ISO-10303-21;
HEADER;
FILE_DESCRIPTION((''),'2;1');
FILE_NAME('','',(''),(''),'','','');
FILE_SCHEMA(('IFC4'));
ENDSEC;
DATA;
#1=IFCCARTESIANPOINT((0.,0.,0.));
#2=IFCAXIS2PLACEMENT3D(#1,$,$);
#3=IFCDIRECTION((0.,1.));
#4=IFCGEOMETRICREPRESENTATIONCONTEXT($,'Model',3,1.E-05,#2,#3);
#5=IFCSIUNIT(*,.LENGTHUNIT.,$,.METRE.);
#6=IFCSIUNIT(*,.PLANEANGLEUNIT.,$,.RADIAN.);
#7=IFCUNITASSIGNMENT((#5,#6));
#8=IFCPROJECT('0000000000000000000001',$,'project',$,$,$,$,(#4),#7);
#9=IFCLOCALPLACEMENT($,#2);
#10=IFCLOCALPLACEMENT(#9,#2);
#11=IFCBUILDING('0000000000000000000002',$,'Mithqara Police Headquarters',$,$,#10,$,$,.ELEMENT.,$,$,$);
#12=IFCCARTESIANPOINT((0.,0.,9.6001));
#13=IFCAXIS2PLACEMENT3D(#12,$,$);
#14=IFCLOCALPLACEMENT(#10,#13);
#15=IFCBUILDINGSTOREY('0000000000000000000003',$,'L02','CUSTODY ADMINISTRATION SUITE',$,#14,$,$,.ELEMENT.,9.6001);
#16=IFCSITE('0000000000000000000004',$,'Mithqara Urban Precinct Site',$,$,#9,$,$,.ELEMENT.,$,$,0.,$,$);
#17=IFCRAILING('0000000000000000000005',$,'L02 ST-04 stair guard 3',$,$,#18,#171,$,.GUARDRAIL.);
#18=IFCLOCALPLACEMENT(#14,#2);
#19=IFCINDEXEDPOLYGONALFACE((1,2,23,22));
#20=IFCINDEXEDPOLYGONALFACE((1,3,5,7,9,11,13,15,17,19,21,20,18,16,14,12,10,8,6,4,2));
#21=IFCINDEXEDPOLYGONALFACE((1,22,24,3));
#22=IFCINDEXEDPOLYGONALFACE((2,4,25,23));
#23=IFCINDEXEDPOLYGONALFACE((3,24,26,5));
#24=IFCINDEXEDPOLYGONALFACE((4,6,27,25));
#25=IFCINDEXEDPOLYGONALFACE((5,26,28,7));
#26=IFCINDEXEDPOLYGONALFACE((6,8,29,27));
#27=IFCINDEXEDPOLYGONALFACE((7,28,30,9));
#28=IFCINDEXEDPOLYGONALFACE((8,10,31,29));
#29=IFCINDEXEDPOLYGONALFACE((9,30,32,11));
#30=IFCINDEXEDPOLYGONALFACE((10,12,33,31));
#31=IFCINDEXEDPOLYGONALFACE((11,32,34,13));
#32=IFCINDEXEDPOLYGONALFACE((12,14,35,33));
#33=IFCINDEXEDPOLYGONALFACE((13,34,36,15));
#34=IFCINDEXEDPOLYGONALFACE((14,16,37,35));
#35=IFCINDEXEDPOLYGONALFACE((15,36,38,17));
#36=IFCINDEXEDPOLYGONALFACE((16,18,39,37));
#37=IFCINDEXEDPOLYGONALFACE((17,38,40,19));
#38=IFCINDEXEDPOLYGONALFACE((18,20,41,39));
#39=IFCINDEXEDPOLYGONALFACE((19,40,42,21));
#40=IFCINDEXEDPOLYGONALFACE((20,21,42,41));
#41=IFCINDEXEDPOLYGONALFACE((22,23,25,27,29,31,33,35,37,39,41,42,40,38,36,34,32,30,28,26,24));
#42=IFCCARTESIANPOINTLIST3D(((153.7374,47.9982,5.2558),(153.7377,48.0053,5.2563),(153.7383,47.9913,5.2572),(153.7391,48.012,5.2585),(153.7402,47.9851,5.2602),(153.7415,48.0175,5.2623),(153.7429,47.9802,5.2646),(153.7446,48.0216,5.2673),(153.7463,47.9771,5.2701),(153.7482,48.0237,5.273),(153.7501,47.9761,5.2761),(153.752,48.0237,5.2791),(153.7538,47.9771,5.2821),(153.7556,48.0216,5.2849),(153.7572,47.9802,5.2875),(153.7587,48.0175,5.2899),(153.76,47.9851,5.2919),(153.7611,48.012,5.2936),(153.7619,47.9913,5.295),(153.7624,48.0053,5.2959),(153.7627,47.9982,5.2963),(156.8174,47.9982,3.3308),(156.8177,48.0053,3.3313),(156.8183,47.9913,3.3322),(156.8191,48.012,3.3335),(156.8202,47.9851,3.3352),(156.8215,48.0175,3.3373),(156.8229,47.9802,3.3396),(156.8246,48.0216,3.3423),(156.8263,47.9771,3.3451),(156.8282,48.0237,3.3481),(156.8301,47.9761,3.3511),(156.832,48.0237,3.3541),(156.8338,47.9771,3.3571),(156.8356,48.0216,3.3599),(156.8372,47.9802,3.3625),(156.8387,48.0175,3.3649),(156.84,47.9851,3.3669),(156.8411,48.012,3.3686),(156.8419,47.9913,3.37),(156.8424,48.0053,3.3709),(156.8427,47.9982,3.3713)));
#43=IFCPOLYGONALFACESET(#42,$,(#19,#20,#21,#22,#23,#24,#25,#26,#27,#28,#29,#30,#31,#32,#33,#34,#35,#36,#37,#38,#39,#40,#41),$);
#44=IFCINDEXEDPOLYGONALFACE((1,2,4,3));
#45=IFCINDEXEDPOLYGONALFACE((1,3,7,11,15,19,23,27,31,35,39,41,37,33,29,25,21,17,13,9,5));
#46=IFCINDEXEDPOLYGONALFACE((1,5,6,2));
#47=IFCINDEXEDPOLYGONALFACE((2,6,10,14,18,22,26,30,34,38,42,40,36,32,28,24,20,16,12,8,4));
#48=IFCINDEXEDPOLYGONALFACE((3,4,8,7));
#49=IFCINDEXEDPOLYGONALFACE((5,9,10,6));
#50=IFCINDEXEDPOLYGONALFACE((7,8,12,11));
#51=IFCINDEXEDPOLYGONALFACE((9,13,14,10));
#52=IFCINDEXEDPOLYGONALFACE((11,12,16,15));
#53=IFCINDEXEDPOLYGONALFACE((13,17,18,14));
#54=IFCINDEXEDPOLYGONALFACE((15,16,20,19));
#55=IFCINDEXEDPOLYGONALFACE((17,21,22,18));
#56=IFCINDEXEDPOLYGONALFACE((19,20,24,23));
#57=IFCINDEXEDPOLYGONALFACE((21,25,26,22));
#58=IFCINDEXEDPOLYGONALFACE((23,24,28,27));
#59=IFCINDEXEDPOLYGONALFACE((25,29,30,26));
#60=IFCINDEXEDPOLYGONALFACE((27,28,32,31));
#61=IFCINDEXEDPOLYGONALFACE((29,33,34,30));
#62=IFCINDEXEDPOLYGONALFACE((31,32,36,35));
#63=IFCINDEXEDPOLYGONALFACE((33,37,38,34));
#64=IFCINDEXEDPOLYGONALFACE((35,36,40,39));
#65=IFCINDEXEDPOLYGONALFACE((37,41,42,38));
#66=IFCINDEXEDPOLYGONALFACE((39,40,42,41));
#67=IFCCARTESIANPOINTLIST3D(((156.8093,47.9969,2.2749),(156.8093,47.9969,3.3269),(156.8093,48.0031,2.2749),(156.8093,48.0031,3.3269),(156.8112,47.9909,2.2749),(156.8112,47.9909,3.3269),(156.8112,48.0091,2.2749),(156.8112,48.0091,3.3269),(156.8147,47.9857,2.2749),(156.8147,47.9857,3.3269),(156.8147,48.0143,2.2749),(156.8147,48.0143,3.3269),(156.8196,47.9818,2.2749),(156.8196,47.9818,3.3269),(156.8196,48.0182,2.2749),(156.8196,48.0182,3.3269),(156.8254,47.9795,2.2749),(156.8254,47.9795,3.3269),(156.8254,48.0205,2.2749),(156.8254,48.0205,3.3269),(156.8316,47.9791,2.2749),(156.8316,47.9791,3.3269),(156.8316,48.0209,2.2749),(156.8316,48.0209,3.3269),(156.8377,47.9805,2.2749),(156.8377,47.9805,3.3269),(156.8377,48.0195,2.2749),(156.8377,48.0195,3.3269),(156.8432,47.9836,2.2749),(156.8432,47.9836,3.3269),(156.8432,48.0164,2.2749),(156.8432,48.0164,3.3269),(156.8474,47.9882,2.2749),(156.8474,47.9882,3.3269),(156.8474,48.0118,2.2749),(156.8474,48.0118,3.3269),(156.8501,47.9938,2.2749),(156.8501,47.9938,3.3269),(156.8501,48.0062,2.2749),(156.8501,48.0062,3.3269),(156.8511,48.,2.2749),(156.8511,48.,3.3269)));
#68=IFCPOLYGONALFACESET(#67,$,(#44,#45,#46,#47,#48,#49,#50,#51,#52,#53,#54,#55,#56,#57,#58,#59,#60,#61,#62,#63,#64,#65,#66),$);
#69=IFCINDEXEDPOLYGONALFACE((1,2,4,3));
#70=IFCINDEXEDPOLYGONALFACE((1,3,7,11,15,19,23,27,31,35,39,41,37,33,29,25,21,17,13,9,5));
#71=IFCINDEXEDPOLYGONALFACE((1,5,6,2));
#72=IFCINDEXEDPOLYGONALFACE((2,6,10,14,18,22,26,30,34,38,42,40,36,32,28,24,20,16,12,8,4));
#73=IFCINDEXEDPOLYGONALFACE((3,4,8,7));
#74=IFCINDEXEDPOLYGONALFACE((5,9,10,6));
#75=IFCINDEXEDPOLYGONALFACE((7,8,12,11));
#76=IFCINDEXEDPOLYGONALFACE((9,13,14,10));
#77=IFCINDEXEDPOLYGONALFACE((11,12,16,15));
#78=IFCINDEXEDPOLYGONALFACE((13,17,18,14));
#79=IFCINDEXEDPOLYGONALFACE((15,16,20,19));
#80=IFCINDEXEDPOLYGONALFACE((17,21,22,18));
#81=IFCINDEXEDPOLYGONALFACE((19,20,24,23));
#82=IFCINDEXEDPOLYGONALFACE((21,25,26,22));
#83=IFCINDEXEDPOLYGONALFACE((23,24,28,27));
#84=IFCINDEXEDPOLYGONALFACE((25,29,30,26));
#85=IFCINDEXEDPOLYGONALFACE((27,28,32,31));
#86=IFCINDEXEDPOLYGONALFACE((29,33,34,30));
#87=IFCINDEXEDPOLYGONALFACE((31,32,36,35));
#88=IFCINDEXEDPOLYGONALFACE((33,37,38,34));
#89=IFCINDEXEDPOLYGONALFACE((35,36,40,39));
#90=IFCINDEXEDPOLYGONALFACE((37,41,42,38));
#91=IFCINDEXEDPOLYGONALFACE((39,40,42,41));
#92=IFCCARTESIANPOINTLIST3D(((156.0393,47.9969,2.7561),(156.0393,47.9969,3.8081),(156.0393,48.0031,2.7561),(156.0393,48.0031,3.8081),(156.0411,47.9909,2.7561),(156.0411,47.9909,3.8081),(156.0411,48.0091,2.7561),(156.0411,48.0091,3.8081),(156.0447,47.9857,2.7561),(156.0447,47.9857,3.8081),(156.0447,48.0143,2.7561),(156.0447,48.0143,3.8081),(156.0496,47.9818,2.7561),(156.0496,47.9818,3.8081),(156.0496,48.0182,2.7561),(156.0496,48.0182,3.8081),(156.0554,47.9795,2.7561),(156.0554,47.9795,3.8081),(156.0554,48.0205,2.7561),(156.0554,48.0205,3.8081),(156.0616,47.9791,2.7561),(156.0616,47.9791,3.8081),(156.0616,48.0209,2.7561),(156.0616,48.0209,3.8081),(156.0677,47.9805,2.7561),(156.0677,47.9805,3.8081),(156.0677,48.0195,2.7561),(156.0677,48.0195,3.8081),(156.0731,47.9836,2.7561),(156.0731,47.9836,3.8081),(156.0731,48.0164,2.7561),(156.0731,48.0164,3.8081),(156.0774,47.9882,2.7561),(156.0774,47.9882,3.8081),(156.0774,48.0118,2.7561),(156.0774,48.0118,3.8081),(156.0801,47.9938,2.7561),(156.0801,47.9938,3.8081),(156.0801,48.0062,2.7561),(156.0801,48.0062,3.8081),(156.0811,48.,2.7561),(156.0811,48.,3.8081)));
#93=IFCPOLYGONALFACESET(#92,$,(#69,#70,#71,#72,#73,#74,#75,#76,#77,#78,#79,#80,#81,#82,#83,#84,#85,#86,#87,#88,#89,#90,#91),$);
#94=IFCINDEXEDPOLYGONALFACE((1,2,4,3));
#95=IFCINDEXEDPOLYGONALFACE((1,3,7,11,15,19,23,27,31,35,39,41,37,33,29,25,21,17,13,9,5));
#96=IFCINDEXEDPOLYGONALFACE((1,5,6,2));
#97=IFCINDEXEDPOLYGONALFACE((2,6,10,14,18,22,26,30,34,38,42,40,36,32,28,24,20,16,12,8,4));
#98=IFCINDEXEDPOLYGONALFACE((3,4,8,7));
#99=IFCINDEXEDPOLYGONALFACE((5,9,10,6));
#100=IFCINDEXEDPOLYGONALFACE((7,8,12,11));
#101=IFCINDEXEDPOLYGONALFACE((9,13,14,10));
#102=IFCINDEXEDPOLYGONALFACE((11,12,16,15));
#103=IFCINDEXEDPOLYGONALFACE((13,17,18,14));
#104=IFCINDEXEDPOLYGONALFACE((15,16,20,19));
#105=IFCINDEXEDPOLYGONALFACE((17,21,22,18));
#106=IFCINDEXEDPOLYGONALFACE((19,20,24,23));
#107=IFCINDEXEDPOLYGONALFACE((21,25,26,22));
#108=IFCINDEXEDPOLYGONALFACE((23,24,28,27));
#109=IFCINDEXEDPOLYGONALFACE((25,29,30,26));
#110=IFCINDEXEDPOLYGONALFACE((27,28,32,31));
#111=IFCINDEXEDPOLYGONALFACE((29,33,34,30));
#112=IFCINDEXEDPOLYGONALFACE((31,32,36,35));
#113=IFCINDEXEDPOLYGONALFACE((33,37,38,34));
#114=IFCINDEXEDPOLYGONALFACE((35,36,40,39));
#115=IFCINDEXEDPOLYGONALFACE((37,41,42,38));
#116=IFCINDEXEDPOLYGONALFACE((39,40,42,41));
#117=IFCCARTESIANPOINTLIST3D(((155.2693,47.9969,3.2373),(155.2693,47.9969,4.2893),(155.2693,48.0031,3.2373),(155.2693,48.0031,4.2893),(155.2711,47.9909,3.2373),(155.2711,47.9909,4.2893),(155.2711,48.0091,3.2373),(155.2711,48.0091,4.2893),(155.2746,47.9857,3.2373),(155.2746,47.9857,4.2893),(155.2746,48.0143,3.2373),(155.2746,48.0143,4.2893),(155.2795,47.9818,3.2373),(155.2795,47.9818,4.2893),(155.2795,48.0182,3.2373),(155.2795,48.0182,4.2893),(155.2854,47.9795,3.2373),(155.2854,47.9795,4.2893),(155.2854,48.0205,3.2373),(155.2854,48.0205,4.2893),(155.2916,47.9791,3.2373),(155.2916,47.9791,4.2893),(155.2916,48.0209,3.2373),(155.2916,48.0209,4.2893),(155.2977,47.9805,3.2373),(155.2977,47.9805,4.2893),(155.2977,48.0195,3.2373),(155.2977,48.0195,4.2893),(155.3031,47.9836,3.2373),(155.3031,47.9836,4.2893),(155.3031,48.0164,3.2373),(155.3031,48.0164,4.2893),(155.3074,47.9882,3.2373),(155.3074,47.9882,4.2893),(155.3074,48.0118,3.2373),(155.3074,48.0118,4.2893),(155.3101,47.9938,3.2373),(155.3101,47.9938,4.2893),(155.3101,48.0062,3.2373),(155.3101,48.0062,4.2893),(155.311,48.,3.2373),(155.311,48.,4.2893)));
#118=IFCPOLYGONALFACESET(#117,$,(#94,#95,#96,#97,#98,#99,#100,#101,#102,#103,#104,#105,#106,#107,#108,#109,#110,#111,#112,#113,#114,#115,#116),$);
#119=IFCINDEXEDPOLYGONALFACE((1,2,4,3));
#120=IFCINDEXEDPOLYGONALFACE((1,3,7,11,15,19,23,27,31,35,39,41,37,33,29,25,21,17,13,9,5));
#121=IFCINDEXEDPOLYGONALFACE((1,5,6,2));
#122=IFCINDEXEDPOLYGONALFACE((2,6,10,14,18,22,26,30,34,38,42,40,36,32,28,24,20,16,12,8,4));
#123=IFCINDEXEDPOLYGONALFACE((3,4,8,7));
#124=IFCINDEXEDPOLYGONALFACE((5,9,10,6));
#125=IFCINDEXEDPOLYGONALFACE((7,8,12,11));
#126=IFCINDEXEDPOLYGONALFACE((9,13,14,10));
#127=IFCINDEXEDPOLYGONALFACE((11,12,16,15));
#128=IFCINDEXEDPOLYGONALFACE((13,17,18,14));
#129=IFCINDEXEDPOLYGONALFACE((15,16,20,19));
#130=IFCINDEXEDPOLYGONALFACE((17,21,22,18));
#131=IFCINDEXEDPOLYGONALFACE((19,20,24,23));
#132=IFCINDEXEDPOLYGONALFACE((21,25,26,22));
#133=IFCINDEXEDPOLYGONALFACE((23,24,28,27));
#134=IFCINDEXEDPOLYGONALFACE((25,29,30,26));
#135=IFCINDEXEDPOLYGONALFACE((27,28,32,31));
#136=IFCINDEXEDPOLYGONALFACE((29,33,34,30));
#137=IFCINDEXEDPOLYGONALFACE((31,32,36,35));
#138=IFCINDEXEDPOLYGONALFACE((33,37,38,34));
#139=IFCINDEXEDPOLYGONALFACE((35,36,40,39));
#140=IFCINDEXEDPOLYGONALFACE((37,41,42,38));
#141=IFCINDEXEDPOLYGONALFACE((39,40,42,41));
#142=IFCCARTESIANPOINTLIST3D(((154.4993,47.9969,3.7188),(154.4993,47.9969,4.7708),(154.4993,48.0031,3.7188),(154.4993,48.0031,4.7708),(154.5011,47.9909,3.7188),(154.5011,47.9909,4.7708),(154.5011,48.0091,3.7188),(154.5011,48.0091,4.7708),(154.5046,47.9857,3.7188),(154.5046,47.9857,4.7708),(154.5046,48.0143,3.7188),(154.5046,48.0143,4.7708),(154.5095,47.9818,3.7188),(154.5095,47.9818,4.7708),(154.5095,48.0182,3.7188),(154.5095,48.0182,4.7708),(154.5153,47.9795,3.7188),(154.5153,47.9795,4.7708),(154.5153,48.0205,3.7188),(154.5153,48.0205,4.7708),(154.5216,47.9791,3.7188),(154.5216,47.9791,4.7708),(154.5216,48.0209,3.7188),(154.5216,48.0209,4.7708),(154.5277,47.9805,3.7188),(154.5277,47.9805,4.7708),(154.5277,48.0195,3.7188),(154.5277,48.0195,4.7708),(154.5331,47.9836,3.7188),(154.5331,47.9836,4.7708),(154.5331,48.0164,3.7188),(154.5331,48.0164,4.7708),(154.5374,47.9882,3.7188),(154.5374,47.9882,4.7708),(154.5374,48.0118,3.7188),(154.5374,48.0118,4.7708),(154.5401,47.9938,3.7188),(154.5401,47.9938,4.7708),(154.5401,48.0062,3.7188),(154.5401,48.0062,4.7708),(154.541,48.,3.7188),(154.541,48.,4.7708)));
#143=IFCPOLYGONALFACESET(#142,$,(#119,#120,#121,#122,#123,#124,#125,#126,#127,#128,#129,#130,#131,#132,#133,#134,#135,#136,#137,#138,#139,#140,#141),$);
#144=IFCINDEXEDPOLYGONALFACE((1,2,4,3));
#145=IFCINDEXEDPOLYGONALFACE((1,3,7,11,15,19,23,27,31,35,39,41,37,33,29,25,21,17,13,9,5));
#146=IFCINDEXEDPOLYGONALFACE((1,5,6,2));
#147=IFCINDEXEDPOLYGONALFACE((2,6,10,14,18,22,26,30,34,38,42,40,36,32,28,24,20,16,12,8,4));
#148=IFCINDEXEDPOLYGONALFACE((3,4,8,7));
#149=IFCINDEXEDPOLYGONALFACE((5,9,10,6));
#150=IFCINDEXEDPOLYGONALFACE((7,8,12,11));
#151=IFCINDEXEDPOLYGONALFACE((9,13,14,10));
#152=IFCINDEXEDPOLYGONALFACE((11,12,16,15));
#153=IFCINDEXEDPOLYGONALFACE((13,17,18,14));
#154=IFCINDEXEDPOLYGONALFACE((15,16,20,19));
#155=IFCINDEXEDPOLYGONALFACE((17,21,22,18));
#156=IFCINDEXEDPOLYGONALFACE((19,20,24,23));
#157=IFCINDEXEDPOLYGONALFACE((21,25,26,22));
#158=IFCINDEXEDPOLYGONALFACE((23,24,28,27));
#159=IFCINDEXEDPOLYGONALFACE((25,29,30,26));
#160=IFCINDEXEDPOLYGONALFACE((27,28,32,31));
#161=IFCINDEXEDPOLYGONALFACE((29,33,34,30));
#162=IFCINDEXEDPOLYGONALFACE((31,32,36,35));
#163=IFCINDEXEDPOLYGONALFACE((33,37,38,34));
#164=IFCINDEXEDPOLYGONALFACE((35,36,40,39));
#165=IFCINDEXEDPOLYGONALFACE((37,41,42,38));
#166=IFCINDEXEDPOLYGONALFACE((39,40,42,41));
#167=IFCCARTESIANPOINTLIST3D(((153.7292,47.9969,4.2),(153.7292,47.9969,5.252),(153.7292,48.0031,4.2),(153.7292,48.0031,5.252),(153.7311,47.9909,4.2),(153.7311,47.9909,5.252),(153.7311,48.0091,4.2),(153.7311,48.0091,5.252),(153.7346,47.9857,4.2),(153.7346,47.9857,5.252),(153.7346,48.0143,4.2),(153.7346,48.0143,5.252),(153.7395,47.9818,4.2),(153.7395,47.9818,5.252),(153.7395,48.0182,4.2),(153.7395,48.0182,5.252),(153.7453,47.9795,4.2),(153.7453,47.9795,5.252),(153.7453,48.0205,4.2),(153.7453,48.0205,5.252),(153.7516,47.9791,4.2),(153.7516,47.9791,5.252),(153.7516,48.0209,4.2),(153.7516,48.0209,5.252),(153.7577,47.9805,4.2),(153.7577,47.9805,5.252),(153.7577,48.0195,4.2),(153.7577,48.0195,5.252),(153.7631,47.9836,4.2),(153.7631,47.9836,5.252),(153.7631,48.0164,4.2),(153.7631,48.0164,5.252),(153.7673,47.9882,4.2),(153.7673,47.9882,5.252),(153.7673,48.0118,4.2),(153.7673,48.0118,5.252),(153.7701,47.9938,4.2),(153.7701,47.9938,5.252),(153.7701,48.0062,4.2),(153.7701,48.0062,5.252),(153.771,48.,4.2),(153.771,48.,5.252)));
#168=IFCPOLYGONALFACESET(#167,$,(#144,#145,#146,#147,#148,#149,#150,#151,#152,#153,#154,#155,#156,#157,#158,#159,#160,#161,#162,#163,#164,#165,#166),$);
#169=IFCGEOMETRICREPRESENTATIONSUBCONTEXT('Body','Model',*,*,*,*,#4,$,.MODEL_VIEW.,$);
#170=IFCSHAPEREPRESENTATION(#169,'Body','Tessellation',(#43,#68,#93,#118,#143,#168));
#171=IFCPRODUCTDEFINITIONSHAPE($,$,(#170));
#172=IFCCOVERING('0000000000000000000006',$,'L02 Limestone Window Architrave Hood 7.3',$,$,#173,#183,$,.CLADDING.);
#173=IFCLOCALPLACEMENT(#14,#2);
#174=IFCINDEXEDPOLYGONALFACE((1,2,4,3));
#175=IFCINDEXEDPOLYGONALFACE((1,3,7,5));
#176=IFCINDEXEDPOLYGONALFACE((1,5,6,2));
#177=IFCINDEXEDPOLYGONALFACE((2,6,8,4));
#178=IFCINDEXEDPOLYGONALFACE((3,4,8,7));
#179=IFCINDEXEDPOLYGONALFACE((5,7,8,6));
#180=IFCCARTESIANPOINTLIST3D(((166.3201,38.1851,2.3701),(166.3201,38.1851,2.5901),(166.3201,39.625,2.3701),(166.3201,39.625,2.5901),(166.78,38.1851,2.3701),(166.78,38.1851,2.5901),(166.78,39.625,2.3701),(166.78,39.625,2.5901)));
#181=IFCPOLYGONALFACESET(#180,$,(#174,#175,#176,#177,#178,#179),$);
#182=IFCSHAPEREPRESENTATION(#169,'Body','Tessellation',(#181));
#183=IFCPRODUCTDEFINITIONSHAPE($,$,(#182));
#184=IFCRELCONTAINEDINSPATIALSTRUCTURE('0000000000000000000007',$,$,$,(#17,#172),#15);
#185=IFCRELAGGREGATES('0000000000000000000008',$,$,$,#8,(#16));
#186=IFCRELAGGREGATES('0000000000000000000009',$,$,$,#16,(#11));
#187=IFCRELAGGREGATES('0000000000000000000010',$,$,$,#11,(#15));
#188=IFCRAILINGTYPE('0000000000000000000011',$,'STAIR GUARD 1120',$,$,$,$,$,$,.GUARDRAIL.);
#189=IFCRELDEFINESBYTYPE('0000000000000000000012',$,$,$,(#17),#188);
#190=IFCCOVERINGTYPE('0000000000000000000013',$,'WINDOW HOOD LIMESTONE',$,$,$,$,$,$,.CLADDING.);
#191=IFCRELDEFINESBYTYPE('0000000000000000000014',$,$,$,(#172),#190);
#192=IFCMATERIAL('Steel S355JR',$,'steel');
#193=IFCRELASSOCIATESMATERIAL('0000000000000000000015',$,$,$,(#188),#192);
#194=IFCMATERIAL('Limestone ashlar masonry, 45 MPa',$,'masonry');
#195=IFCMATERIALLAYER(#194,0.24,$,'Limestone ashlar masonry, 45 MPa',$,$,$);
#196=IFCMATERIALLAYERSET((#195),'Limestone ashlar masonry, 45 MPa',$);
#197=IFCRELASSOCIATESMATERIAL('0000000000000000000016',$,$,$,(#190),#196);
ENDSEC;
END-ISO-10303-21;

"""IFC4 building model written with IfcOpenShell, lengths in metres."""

from ifc_helpers import new_model, si_unit, direction, frame, origin, origin_2d, place, context, subcontext, project, spatial, rectangle, circle, extrude, material, layer, layer_set, type_object, element, save


model = new_model("IFC4")

# Units and contexts
model_context = context("Model", 3, precision=1e-05, world=origin(), true_north=direction((0.0, 1.0)))
body_context = subcontext(model_context, "Body", "Model", "MODEL_VIEW")
ifc_project = project(units=[si_unit("LENGTHUNIT", "METRE"), si_unit("PLANEANGLEUNIT", "RADIAN")], contexts=[model_context])

# Site, building, storey
site_placement = place(None, origin())
site = spatial("IfcSite", under=ifc_project, at=site_placement, Name="Mithqara Urban Precinct Site", CompositionType="ELEMENT", RefElevation=0.0)
building_placement = place(site_placement, origin())
building = spatial("IfcBuilding", under=site, at=building_placement, Name="Mithqara Police Headquarters", CompositionType="ELEMENT")
storey_placement = place(building_placement, frame((0.0, 0.0, 9.6001)))
storey = spatial("IfcBuildingStorey", under=building, at=storey_placement, Name="L02", Description="CUSTODY ADMINISTRATION SUITE", CompositionType="ELEMENT", Elevation=9.6001)

# Shared definitions
ifc_material_1 = material(Name="Steel S355JR", Category="steel")

# Shared definitions
ifc_material_2 = material(Name="Limestone ashlar masonry, 45 MPa", Category="masonry")

# Railing
railing_type = type_object("IfcRailingType", Name="STAIR GUARD 1120", PredefinedType="GUARDRAIL", material=ifc_material_1)
railing_1_placement = place(storey_placement, frame((156.8301, 48.0, 2.2749)))
element("IfcRailing", 1, at=railing_1_placement, inside=storey, type_object=railing_type, Name="L02 ST-04 stair guard 3", PredefinedType="GUARDRAIL", context=body_context, shape_type="SweptSolid", body=[
    extrude(circle(Radius=0.0239, at=origin_2d()), frame((0.0, 0.0, 1.0762), z_axis=(-0.847998, 0.0, 0.529999), x_axis=(0.0, -1.0, 0.0)), (0.0, 0.0, 1.0), 3.6321),
    extrude(circle(Radius=0.021, at=origin_2d()), origin(), (0.0, 0.0, 1.0), 1.052),
    extrude(circle(Radius=0.021, at=origin_2d()), frame((-0.77, 0.0, 0.4812)), (0.0, 0.0, 1.0), 1.052),
    extrude(circle(Radius=0.021, at=origin_2d()), frame((-1.54, 0.0, 0.9624)), (0.0, 0.0, 1.0), 1.052),
    extrude(circle(Radius=0.021, at=origin_2d()), frame((-2.3101, 0.0, 1.4438)), (0.0, 0.0, 1.0), 1.052),
    extrude(circle(Radius=0.021, at=origin_2d()), frame((-3.0801, 0.0, 1.925)), (0.0, 0.0, 1.0), 1.052),
])

# Covering
ifc_layer_1 = layer(ifc_material_2, 0.24, Name="Limestone ashlar masonry, 45 MPa")
ifc_layer_set_1 = layer_set([ifc_layer_1], Name="Limestone ashlar masonry, 45 MPa")
covering_type = type_object("IfcCoveringType", Name="WINDOW HOOD LIMESTONE", PredefinedType="CLADDING", material=ifc_layer_set_1)
covering_placement = place(storey_placement, frame((166.55, 38.905, 2.3701), z_axis=(0.0, 0.0, 1.0), x_axis=(0.0, 1.0, 0.0)))
element("IfcCovering", 2, at=covering_placement, inside=storey, type_object=covering_type, Name="L02 Limestone Window Architrave Hood 7.3", PredefinedType="CLADDING", context=body_context, shape_type="SweptSolid", body=[
    extrude(rectangle(XDim=1.4399, YDim=0.46, at=origin_2d()), origin(), (0.0, 0.0, 1.0), 0.22),
])

save(model, "model.ifc")
